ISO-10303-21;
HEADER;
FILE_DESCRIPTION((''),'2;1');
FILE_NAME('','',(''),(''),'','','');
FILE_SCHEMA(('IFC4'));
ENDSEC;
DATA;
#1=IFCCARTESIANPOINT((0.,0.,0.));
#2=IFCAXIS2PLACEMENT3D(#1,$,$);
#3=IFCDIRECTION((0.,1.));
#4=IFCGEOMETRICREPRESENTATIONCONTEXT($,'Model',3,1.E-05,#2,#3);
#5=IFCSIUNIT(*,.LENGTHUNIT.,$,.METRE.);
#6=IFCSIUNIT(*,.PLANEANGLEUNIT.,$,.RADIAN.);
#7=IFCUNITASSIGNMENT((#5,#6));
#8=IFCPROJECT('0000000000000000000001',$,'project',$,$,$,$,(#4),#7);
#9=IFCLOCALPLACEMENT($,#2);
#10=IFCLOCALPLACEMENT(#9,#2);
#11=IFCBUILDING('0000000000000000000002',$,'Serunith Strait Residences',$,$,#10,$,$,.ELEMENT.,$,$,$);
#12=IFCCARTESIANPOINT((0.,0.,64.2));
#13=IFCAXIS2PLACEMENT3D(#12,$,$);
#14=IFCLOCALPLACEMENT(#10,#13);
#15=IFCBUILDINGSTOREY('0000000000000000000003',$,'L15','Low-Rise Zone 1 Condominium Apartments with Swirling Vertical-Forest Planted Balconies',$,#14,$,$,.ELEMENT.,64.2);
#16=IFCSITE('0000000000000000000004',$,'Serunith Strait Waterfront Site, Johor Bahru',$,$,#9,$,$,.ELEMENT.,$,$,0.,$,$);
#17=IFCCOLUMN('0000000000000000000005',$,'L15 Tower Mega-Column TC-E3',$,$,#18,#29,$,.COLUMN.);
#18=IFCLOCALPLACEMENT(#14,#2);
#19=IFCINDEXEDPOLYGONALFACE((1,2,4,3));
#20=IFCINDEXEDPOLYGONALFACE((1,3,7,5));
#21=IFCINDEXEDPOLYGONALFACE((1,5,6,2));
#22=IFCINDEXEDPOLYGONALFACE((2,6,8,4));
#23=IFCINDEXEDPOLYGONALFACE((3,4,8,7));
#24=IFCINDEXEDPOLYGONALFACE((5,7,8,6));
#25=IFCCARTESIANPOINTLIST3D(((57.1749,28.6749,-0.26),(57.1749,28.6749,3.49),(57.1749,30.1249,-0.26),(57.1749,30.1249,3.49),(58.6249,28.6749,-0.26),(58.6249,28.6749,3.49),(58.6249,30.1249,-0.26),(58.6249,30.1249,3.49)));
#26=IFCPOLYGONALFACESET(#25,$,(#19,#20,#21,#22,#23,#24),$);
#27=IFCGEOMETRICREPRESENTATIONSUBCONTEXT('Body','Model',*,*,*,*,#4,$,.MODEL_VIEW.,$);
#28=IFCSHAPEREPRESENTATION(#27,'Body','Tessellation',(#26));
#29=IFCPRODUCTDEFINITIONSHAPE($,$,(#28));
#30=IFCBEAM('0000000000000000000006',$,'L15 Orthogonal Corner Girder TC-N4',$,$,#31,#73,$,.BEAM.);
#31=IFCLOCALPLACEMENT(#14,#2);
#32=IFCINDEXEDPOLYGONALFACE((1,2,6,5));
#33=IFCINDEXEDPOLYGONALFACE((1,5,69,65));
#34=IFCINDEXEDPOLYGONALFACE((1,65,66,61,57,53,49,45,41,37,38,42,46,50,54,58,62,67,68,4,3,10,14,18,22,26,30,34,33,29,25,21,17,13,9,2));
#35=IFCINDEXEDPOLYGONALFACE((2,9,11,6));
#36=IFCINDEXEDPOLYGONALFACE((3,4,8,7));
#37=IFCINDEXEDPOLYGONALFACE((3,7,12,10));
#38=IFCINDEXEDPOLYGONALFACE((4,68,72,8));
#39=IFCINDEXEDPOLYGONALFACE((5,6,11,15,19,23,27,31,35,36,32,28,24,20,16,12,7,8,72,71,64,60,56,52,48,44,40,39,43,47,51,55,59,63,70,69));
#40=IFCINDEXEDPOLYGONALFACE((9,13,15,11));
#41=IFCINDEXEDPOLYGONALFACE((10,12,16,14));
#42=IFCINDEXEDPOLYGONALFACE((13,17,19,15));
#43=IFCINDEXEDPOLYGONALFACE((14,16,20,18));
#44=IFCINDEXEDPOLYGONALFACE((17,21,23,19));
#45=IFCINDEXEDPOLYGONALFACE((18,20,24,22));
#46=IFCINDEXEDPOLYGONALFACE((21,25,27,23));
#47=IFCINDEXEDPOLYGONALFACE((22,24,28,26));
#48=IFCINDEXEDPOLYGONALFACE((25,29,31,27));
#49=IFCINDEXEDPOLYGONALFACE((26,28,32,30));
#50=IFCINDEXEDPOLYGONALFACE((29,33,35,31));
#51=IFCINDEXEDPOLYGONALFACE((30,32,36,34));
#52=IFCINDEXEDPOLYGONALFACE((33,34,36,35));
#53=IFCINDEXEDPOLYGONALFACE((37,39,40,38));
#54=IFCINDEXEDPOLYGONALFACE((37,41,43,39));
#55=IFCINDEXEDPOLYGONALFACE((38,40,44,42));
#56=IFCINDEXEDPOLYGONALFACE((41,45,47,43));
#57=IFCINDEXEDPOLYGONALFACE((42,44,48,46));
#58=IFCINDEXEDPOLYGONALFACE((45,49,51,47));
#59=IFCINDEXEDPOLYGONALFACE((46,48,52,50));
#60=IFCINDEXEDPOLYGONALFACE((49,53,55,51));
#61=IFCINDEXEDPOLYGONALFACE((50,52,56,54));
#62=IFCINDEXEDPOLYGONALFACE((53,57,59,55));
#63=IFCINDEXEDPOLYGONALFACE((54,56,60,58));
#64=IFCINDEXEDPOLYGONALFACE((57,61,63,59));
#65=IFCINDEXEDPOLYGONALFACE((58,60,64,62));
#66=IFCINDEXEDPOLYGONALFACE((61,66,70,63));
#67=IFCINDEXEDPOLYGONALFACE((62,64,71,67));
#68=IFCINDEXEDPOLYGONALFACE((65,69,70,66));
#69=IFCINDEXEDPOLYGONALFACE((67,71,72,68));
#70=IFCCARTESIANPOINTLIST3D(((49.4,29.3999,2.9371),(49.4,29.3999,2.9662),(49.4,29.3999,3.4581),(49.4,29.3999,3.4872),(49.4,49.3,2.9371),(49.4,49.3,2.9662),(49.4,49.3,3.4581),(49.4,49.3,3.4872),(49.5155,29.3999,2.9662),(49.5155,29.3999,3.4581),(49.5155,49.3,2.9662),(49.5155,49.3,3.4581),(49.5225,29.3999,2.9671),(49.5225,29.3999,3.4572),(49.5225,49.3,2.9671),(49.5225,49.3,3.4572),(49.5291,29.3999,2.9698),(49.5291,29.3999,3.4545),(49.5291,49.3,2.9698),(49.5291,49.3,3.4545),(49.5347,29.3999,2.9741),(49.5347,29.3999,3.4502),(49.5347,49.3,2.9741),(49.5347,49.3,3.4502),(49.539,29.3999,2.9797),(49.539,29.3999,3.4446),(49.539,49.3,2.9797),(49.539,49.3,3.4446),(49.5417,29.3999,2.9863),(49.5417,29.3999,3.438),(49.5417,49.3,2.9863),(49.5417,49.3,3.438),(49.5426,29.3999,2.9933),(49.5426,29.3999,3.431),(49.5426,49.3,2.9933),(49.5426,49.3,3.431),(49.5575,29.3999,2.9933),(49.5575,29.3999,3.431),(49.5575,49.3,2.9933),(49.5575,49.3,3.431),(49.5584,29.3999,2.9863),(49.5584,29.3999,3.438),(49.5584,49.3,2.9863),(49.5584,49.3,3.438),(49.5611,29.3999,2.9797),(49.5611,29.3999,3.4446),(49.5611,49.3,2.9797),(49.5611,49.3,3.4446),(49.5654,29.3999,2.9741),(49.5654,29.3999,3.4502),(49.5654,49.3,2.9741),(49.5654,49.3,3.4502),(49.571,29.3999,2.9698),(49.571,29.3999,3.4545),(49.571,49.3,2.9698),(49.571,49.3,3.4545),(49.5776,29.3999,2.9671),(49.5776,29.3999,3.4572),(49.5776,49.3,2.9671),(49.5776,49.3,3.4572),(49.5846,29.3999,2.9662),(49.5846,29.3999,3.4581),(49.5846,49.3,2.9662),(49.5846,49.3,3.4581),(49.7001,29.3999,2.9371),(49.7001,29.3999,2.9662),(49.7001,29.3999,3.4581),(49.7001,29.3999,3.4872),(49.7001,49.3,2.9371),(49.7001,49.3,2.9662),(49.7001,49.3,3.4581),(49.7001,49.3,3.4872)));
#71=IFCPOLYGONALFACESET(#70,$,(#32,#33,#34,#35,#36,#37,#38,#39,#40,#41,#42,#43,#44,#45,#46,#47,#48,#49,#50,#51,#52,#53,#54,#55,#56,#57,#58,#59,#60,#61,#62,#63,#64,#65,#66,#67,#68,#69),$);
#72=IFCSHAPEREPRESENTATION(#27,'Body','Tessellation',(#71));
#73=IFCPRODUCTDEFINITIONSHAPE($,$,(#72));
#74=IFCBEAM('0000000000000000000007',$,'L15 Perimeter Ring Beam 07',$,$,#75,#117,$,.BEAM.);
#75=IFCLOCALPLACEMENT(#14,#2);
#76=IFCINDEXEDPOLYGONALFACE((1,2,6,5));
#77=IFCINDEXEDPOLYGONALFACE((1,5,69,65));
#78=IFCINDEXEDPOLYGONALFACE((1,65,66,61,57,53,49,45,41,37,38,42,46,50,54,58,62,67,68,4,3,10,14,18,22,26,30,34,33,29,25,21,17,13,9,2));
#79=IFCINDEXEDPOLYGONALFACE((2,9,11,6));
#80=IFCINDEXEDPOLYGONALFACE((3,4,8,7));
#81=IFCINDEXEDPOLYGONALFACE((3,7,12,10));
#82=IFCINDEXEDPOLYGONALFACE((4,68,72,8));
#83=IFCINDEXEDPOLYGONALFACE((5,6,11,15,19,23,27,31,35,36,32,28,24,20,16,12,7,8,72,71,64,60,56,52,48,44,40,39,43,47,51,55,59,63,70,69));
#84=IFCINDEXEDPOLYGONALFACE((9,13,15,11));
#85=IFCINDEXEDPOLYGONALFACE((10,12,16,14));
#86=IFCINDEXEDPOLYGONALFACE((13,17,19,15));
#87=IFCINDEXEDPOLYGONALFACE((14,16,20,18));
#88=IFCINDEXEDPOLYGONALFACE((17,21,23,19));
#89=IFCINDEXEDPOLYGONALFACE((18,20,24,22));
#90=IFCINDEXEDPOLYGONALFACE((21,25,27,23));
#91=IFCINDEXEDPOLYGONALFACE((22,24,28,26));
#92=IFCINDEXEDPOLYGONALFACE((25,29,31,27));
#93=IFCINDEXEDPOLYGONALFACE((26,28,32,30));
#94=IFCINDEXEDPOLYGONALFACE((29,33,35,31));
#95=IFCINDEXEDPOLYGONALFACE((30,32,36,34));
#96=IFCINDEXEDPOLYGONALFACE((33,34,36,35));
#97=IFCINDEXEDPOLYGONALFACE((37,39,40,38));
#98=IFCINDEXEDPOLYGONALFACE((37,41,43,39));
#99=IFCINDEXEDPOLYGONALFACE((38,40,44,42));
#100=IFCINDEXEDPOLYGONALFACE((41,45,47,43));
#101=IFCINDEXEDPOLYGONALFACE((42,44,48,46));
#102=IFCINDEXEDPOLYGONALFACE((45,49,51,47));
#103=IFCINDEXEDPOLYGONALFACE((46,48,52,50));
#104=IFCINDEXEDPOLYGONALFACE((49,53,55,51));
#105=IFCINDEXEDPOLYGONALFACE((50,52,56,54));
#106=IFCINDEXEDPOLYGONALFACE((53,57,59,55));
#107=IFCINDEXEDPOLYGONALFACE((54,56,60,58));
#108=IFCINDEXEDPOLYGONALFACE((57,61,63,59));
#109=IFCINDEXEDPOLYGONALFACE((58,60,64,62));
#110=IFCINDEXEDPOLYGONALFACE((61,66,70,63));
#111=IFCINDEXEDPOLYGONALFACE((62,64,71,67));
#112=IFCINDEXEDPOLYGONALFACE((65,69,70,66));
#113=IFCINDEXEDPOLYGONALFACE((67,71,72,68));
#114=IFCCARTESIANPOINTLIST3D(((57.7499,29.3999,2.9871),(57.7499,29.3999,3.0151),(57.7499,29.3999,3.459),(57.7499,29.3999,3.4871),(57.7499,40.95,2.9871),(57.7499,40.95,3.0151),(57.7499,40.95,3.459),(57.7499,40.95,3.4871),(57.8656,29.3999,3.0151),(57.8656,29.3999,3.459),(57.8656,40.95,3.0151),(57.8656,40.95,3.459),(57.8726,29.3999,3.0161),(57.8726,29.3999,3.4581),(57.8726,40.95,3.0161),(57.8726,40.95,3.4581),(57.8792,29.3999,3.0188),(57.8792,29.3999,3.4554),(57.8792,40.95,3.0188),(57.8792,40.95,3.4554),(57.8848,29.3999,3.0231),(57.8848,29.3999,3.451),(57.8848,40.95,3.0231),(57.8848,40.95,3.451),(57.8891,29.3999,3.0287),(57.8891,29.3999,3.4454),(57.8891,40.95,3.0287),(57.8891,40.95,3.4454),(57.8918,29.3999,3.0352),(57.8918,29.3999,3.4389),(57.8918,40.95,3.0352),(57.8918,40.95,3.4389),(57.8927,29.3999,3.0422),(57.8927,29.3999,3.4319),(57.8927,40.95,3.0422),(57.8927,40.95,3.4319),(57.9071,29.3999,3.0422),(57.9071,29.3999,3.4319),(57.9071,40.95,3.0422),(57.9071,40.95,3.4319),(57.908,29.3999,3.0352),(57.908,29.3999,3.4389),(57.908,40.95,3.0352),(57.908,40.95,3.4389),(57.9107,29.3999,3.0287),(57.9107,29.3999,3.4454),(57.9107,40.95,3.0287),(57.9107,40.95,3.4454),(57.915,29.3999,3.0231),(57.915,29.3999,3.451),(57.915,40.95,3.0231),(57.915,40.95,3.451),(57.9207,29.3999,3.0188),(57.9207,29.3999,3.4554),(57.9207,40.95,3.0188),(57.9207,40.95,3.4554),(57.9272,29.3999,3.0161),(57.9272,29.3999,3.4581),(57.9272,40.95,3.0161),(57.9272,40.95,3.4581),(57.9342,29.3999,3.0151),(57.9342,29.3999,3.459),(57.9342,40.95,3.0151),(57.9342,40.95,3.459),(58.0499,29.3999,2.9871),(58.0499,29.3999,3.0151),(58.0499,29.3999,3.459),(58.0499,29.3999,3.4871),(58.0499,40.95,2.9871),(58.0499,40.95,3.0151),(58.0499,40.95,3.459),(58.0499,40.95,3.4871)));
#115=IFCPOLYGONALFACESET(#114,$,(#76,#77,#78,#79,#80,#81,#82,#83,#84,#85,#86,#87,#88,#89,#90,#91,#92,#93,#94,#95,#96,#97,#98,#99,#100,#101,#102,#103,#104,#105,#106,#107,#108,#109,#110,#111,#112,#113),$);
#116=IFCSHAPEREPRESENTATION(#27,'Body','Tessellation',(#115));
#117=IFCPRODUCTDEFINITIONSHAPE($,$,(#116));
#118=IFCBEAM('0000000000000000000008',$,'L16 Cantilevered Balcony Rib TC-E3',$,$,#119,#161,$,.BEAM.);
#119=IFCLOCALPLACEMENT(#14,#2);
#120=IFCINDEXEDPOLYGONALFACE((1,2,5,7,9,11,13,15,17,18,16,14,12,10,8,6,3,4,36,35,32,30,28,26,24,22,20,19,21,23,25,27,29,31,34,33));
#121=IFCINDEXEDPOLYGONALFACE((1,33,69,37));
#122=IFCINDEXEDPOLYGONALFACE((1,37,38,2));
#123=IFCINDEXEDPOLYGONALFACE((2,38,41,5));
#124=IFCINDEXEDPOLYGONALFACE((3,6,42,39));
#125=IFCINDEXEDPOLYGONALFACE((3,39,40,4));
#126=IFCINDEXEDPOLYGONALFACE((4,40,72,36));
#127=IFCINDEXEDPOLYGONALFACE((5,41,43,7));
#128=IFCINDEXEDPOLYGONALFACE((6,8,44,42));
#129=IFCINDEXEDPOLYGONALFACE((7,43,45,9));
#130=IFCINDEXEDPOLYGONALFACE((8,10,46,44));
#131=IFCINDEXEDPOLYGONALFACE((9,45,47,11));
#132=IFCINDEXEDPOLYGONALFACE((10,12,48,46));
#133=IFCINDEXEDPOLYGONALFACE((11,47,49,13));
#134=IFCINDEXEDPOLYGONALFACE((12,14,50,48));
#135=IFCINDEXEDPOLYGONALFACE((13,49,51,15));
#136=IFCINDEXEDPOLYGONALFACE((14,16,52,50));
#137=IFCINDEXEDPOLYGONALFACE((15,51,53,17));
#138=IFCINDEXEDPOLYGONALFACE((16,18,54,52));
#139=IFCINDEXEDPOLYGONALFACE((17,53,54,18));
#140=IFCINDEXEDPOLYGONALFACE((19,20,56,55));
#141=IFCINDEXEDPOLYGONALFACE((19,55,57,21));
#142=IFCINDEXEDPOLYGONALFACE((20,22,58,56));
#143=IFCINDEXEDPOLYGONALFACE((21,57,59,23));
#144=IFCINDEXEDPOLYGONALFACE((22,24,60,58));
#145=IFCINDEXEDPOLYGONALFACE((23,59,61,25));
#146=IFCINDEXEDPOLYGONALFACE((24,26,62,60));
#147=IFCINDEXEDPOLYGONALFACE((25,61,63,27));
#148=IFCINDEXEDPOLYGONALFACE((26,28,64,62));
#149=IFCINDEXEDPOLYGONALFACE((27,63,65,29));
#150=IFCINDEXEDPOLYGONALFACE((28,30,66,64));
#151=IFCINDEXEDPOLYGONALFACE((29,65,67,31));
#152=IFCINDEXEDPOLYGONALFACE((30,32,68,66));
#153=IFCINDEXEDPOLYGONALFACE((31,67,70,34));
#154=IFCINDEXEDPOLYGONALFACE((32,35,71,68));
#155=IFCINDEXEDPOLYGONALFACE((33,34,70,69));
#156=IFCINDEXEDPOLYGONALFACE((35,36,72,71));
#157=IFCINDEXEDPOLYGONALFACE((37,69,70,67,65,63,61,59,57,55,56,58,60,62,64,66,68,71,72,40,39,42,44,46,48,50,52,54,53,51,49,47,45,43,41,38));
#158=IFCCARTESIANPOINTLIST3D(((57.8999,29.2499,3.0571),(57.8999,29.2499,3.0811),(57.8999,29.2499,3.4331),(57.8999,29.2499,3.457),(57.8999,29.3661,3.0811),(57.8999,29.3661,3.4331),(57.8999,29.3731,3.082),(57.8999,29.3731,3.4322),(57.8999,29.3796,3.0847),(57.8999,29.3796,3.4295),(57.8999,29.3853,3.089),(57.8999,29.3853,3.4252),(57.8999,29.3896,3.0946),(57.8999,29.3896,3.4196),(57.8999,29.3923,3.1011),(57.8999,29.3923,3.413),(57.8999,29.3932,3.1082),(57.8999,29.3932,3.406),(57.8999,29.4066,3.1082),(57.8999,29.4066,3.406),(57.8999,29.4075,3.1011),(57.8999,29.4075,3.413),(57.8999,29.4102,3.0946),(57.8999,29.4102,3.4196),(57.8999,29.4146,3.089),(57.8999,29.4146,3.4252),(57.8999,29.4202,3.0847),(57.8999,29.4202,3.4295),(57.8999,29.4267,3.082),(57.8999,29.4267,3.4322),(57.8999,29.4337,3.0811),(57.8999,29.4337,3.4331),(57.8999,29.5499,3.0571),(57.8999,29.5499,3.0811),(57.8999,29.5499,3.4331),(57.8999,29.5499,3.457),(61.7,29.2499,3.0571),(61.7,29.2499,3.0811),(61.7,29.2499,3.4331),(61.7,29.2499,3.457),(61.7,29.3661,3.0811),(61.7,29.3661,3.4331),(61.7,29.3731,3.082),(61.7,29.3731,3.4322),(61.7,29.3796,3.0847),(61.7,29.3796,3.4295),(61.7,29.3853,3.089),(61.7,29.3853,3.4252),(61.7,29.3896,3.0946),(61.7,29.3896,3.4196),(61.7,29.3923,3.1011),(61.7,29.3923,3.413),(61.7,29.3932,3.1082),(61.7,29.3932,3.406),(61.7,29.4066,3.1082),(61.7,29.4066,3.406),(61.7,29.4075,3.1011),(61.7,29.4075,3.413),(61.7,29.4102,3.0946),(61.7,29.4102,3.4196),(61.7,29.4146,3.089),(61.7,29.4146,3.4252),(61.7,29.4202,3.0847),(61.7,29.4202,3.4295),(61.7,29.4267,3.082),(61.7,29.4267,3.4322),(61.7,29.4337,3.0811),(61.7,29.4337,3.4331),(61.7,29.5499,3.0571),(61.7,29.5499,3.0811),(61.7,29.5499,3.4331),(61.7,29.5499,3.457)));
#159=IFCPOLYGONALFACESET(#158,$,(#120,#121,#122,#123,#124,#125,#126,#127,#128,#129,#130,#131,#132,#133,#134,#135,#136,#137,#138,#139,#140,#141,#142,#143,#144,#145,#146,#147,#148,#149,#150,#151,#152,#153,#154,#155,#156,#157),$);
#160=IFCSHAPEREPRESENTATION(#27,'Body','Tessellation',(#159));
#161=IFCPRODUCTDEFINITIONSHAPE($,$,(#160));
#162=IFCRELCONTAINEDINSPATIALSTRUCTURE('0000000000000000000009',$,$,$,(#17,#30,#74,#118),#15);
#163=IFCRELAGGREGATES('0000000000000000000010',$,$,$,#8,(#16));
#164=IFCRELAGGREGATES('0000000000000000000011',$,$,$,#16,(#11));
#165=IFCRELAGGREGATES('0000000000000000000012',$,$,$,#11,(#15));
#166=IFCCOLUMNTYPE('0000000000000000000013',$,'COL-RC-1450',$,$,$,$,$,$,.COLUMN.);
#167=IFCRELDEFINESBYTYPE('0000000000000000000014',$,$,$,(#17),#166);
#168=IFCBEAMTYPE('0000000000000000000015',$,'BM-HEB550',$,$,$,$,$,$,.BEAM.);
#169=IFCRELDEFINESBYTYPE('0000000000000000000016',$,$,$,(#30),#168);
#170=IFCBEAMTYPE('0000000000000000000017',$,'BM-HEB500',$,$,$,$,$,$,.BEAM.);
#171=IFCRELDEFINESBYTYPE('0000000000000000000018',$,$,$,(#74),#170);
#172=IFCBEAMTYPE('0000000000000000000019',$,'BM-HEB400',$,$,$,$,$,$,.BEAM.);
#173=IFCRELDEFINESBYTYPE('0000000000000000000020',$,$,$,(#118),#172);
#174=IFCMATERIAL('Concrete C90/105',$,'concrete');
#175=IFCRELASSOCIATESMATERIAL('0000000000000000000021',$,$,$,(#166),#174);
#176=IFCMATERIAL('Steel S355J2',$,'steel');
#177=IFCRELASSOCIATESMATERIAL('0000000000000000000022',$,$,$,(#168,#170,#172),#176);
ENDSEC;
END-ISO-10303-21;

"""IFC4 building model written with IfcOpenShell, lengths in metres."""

from ifc_helpers import new_model, si_unit, direction, frame, origin, origin_2d, place, context, subcontext, project, spatial, rectangle, i_section, extrude, source, transform, mapped, material, material_profile, profile_set, type_object, element, save


model = new_model("IFC4")

# Units and contexts
model_context = context("Model", 3, precision=1e-05, world=origin(), true_north=direction((0.0, 1.0)))
body_context = subcontext(model_context, "Body", "Model", "MODEL_VIEW")
ifc_project = project(units=[si_unit("LENGTHUNIT", "METRE"), si_unit("PLANEANGLEUNIT", "RADIAN")], contexts=[model_context])

# Site, building, storey
site_placement = place(None, origin())
site = spatial("IfcSite", under=ifc_project, at=site_placement, Name="Serunith Strait Waterfront Site, Johor Bahru", CompositionType="ELEMENT", RefElevation=0.0)
building_placement = place(site_placement, origin())
building = spatial("IfcBuilding", under=site, at=building_placement, Name="Serunith Strait Residences", CompositionType="ELEMENT")
storey_placement = place(building_placement, frame((0.0, 0.0, 64.2)))
storey = spatial("IfcBuildingStorey", under=building, at=storey_placement, Name="L15", Description="Low-Rise Zone 1 Condominium Apartments with Swirling Vertical-Forest Planted Balconies", CompositionType="ELEMENT", Elevation=64.2)

# Column
ifc_material_1 = material(Name="Concrete C90/105", Category="concrete")
ifc_material_profile_1 = material_profile(ifc_material_1, rectangle(XDim=1.45, YDim=1.45, at=origin_2d()), Name="RC 1450x1450")
ifc_profile_set_1 = profile_set([ifc_material_profile_1], Name="Concrete C90/105")
column_type = type_object("IfcColumnType", Name="COL-RC-1450", PredefinedType="COLUMN", material=ifc_profile_set_1)
shared_shape_1 = source(origin(), body_context, "Body", "SweptSolid", [
    extrude(rectangle(XDim=1.45, YDim=1.45, at=origin_2d()), origin(), (0.0, 0.0, 1.0), 3.75),
])
column_placement = place(storey_placement, frame((57.8999, 29.3999, -0.26), z_axis=(0.0, 0.0, 1.0), x_axis=(1.0, 0.0, 0.0)))
element("IfcColumn", 1, at=column_placement, inside=storey, type_object=column_type, Name="L15 Tower Mega-Column TC-E3", PredefinedType="COLUMN", context=body_context, shape_type="MappedRepresentation", body=[
    mapped(shared_shape_1, transform((0.0, 0.0, 0.0), scale=1.0)),
])

# Beams
ifc_material_2 = material(Name="Steel S355J2", Category="steel")
ifc_material_profile_2 = material_profile(ifc_material_2, i_section(OverallWidth=0.3, OverallDepth=0.55, WebThickness=0.0149, FlangeThickness=0.0291, FilletRadius=0.0271, at=origin_2d()), Name="HEB 550")
ifc_profile_set_2 = profile_set([ifc_material_profile_2], Name="Steel S355J2")
beam_type_1 = type_object("IfcBeamType", Name="BM-HEB550", PredefinedType="BEAM", material=ifc_profile_set_2)
shared_shape_2 = source(origin(), body_context, "Body", "SweptSolid", [
    extrude(i_section(OverallWidth=0.3, OverallDepth=0.55, WebThickness=0.0149, FlangeThickness=0.0291, FilletRadius=0.0271, at=origin_2d()), origin(), (0.0, 0.0, 1.0), 19.9001),
])
beam_1_placement = place(storey_placement, frame((49.55, 29.3999, 3.2122), z_axis=(0.0, 1.0, 0.0), x_axis=(-1.0, 0.0, 0.0)))
element("IfcBeam", 2, at=beam_1_placement, inside=storey, type_object=beam_type_1, Name="L15 Orthogonal Corner Girder TC-N4", PredefinedType="BEAM", context=body_context, shape_type="MappedRepresentation", body=[
    mapped(shared_shape_2, transform((0.0, 0.0, 0.0), scale=1.0)),
])
ifc_material_profile_3 = material_profile(ifc_material_2, i_section(OverallWidth=0.3, OverallDepth=0.5, WebThickness=0.0144, FlangeThickness=0.0281, FilletRadius=0.0271, at=origin_2d()), Name="HEB 500")
ifc_profile_set_3 = profile_set([ifc_material_profile_3], Name="Steel S355J2")
beam_type_2 = type_object("IfcBeamType", Name="BM-HEB500", PredefinedType="BEAM", material=ifc_profile_set_3)
shared_shape_3 = source(origin(), body_context, "Body", "SweptSolid", [
    extrude(i_section(OverallWidth=0.3, OverallDepth=0.5, WebThickness=0.0144, FlangeThickness=0.0281, FilletRadius=0.0271, at=origin_2d()), origin(), (0.0, 0.0, 1.0), 11.55),
])
beam_2_placement = place(storey_placement, frame((57.8999, 29.3999, 3.2371), z_axis=(0.0, 1.0, 0.0), x_axis=(-1.0, 0.0, 0.0)))
element("IfcBeam", 3, at=beam_2_placement, inside=storey, type_object=beam_type_2, Name="L15 Perimeter Ring Beam 07", PredefinedType="BEAM", context=body_context, shape_type="MappedRepresentation", body=[
    mapped(shared_shape_3, transform((0.0, 0.0, 0.0), scale=1.0)),
])
ifc_material_profile_4 = material_profile(ifc_material_2, i_section(OverallWidth=0.3, OverallDepth=0.3999, WebThickness=0.0134, FlangeThickness=0.0239, FilletRadius=0.0271, at=origin_2d()), Name="HEB 400")
ifc_profile_set_4 = profile_set([ifc_material_profile_4], Name="Steel S355J2")
beam_type_3 = type_object("IfcBeamType", Name="BM-HEB400", PredefinedType="BEAM", material=ifc_profile_set_4)
shared_shape_4 = source(origin(), body_context, "Body", "SweptSolid", [
    extrude(i_section(OverallWidth=0.3, OverallDepth=0.3999, WebThickness=0.0134, FlangeThickness=0.0239, FilletRadius=0.0271, at=origin_2d()), origin(), (0.0, 0.0, 1.0), 3.8),
])
beam_3_placement = place(storey_placement, frame((57.8999, 29.3999, 3.2571), z_axis=(1.0, 0.0, 0.0), x_axis=(0.0, 1.0, 0.0)))
element("IfcBeam", 4, at=beam_3_placement, inside=storey, type_object=beam_type_3, Name="L16 Cantilevered Balcony Rib TC-E3", PredefinedType="BEAM", context=body_context, shape_type="MappedRepresentation", body=[
    mapped(shared_shape_4, transform((0.0, 0.0, 0.0), scale=1.0)),
])

save(model, "model.ifc")
